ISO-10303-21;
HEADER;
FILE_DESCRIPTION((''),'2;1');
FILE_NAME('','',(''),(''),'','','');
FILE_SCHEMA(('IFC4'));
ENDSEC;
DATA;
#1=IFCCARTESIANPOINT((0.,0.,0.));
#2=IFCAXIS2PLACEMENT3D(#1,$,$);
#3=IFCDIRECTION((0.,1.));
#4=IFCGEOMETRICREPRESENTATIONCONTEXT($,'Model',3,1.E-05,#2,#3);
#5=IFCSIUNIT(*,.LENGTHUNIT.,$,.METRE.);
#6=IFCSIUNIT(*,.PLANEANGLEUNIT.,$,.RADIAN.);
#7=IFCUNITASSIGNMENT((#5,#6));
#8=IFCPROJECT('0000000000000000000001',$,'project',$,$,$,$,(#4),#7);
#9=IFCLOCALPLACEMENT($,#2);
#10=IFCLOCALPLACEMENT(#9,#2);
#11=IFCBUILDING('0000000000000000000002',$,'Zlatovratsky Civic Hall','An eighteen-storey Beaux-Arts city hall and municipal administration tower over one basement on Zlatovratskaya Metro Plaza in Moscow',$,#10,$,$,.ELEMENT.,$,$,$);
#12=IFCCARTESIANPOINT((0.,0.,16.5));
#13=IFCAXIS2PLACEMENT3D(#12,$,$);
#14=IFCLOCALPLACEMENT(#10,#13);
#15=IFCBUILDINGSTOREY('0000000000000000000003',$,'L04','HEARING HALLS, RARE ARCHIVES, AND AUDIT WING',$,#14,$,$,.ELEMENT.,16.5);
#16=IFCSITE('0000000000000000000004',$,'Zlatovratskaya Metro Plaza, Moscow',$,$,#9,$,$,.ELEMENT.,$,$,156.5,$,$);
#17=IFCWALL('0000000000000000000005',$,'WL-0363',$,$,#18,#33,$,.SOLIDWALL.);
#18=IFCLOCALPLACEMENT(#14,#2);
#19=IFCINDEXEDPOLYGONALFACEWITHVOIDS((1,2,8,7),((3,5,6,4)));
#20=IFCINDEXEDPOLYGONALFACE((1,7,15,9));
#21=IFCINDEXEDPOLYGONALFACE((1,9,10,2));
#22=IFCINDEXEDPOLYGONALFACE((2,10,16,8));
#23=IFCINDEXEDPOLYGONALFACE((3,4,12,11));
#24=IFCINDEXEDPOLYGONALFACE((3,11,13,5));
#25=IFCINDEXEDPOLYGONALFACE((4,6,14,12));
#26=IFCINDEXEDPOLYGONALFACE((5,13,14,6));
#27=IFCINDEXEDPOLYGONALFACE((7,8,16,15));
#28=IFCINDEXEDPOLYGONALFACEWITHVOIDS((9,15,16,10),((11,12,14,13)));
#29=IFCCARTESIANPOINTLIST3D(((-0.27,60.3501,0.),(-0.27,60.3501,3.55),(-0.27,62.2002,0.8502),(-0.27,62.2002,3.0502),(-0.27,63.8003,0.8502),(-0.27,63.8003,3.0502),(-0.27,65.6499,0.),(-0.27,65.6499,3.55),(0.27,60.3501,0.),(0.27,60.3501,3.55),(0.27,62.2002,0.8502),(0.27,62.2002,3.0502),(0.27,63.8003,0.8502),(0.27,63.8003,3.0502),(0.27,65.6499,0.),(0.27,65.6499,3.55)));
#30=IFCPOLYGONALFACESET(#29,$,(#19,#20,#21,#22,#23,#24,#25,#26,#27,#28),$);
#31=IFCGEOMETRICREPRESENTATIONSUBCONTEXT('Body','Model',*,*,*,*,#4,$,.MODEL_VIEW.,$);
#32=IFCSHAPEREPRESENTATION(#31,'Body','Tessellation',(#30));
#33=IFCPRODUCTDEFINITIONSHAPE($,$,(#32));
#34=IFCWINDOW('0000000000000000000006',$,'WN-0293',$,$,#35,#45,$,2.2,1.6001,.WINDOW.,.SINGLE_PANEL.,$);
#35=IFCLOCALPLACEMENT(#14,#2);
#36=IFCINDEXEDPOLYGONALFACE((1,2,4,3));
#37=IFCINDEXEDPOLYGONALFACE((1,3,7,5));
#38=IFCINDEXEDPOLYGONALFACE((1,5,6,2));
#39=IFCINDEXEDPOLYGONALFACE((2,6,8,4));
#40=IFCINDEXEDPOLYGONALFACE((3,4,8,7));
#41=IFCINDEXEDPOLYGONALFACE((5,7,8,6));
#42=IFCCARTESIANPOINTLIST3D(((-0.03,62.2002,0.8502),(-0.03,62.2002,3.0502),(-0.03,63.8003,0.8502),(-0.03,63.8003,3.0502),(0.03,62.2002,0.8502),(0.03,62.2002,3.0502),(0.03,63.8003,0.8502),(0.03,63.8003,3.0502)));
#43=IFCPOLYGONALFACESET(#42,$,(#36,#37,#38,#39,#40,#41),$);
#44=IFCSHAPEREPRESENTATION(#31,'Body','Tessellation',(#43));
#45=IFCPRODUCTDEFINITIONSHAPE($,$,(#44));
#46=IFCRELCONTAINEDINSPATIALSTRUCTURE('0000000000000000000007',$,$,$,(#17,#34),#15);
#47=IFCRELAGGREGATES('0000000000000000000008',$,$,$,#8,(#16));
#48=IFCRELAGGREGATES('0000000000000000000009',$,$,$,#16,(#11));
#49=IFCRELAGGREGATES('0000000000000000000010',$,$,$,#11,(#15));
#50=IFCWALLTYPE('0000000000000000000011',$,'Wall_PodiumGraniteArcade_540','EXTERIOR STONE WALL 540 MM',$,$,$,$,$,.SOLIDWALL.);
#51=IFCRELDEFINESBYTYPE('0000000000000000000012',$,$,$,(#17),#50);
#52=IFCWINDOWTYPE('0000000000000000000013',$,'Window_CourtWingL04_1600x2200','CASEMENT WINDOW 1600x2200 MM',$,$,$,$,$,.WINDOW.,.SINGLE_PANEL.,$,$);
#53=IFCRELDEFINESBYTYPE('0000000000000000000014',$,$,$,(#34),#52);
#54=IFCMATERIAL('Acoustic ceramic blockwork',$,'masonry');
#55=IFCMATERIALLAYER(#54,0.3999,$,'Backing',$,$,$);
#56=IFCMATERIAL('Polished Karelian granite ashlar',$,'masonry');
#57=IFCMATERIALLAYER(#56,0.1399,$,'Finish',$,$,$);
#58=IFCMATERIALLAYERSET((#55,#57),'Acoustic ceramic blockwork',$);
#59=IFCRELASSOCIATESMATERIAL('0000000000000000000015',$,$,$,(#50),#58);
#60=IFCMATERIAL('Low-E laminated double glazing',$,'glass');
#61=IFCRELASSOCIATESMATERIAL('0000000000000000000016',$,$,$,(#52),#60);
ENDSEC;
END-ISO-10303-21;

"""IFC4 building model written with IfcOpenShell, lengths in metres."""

from ifc_helpers import new_model, si_unit, direction, frame, frame_2d, origin, place, context, subcontext, project, spatial, rectangle, extrude, material, layer, layer_set, type_object, element, fill, save


model = new_model("IFC4")

# Units and contexts
model_context = context("Model", 3, precision=1e-05, world=origin(), true_north=direction((0.0, 1.0)))
body_context = subcontext(model_context, "Body", "Model", "MODEL_VIEW")
ifc_project = project(units=[si_unit("LENGTHUNIT", "METRE"), si_unit("PLANEANGLEUNIT", "RADIAN")], contexts=[model_context])

# Site, building, storey
site_placement = place(None, origin())
site = spatial("IfcSite", under=ifc_project, at=site_placement, Name="Zlatovratskaya Metro Plaza, Moscow", CompositionType="ELEMENT", RefElevation=156.5)
building_placement = place(site_placement, origin())
building = spatial("IfcBuilding", under=site, at=building_placement, Name="Zlatovratsky Civic Hall", Description="An eighteen-storey Beaux-Arts city hall and municipal administration tower over one basement on Zlatovratskaya Metro Plaza in Moscow", CompositionType="ELEMENT")
storey_placement = place(building_placement, frame((0.0, 0.0, 16.5)))
storey = spatial("IfcBuildingStorey", under=building, at=storey_placement, Name="L04", Description="HEARING HALLS, RARE ARCHIVES, AND AUDIT WING", CompositionType="ELEMENT", Elevation=16.5)

# Shared definitions
ifc_material_1 = material(Name="Low-E laminated double glazing", Category="glass")

# Wall, opening, window
ifc_material_2 = material(Name="Acoustic ceramic blockwork", Category="masonry")
ifc_layer_1 = layer(ifc_material_2, 0.3999, Name="Backing")
ifc_material_3 = material(Name="Polished Karelian granite ashlar", Category="masonry")
ifc_layer_2 = layer(ifc_material_3, 0.1399, Name="Finish")
ifc_layer_set_1 = layer_set([ifc_layer_1, ifc_layer_2], Name="Acoustic ceramic blockwork")
wall_type = type_object("IfcWallType", Name="Wall_PodiumGraniteArcade_540", Description="EXTERIOR STONE WALL 540 MM", PredefinedType="SOLIDWALL", material=ifc_layer_set_1)
wall_placement = place(storey_placement, frame((0.0, 60.3501, 0.0), z_axis=(0.0, 0.0, 1.0), x_axis=(0.0, 1.0, 0.0)))
wall = element("IfcWall", 1, at=wall_placement, inside=storey, type_object=wall_type, Name="WL-0363", PredefinedType="SOLIDWALL", context=body_context, shape_type="SweptSolid", body=[
    extrude(rectangle(XDim=5.2998, YDim=0.54, at=frame_2d((2.6499, 0.0))), origin(), (0.0, 0.0, 1.0), 3.55),
])
opening_placement = place(wall_placement, frame((1.8501, 0.0, 0.8501)))
opening = element("IfcOpeningElement", 2, at=opening_placement, cuts=wall, PredefinedType="OPENING", context=body_context, shape_type="SweptSolid", body=[
    extrude(rectangle(XDim=1.6001, YDim=2.2, at=frame_2d((0.8, 1.1001))), frame((0.0, 0.2849, 0.0), z_axis=(0.0, -1.0, 0.0), x_axis=(1.0, 0.0, 0.0)), (0.0, 0.0, 1.0), 0.5698),
])
window_type = type_object("IfcWindowType", Name="Window_CourtWingL04_1600x2200", Description="CASEMENT WINDOW 1600x2200 MM", PartitioningType="SINGLE_PANEL", PredefinedType="WINDOW", material=ifc_material_1)
window_placement = place(opening_placement, origin())
window = element("IfcWindow", 3, at=window_placement, inside=storey, type_object=window_type, Name="WN-0293", OverallHeight=2.2, OverallWidth=1.6001, PartitioningType="SINGLE_PANEL", PredefinedType="WINDOW", context=body_context, shape_type="SweptSolid", body=[
    extrude(rectangle(XDim=1.6001, YDim=2.2, at=frame_2d((0.8, 1.1001))), frame((0.0, 0.03, 0.0), z_axis=(0.0, -1.0, 0.0), x_axis=(1.0, 0.0, 0.0)), (0.0, 0.0, 1.0), 0.0601),
])
fill(opening, window)

save(model, "model.ifc")
